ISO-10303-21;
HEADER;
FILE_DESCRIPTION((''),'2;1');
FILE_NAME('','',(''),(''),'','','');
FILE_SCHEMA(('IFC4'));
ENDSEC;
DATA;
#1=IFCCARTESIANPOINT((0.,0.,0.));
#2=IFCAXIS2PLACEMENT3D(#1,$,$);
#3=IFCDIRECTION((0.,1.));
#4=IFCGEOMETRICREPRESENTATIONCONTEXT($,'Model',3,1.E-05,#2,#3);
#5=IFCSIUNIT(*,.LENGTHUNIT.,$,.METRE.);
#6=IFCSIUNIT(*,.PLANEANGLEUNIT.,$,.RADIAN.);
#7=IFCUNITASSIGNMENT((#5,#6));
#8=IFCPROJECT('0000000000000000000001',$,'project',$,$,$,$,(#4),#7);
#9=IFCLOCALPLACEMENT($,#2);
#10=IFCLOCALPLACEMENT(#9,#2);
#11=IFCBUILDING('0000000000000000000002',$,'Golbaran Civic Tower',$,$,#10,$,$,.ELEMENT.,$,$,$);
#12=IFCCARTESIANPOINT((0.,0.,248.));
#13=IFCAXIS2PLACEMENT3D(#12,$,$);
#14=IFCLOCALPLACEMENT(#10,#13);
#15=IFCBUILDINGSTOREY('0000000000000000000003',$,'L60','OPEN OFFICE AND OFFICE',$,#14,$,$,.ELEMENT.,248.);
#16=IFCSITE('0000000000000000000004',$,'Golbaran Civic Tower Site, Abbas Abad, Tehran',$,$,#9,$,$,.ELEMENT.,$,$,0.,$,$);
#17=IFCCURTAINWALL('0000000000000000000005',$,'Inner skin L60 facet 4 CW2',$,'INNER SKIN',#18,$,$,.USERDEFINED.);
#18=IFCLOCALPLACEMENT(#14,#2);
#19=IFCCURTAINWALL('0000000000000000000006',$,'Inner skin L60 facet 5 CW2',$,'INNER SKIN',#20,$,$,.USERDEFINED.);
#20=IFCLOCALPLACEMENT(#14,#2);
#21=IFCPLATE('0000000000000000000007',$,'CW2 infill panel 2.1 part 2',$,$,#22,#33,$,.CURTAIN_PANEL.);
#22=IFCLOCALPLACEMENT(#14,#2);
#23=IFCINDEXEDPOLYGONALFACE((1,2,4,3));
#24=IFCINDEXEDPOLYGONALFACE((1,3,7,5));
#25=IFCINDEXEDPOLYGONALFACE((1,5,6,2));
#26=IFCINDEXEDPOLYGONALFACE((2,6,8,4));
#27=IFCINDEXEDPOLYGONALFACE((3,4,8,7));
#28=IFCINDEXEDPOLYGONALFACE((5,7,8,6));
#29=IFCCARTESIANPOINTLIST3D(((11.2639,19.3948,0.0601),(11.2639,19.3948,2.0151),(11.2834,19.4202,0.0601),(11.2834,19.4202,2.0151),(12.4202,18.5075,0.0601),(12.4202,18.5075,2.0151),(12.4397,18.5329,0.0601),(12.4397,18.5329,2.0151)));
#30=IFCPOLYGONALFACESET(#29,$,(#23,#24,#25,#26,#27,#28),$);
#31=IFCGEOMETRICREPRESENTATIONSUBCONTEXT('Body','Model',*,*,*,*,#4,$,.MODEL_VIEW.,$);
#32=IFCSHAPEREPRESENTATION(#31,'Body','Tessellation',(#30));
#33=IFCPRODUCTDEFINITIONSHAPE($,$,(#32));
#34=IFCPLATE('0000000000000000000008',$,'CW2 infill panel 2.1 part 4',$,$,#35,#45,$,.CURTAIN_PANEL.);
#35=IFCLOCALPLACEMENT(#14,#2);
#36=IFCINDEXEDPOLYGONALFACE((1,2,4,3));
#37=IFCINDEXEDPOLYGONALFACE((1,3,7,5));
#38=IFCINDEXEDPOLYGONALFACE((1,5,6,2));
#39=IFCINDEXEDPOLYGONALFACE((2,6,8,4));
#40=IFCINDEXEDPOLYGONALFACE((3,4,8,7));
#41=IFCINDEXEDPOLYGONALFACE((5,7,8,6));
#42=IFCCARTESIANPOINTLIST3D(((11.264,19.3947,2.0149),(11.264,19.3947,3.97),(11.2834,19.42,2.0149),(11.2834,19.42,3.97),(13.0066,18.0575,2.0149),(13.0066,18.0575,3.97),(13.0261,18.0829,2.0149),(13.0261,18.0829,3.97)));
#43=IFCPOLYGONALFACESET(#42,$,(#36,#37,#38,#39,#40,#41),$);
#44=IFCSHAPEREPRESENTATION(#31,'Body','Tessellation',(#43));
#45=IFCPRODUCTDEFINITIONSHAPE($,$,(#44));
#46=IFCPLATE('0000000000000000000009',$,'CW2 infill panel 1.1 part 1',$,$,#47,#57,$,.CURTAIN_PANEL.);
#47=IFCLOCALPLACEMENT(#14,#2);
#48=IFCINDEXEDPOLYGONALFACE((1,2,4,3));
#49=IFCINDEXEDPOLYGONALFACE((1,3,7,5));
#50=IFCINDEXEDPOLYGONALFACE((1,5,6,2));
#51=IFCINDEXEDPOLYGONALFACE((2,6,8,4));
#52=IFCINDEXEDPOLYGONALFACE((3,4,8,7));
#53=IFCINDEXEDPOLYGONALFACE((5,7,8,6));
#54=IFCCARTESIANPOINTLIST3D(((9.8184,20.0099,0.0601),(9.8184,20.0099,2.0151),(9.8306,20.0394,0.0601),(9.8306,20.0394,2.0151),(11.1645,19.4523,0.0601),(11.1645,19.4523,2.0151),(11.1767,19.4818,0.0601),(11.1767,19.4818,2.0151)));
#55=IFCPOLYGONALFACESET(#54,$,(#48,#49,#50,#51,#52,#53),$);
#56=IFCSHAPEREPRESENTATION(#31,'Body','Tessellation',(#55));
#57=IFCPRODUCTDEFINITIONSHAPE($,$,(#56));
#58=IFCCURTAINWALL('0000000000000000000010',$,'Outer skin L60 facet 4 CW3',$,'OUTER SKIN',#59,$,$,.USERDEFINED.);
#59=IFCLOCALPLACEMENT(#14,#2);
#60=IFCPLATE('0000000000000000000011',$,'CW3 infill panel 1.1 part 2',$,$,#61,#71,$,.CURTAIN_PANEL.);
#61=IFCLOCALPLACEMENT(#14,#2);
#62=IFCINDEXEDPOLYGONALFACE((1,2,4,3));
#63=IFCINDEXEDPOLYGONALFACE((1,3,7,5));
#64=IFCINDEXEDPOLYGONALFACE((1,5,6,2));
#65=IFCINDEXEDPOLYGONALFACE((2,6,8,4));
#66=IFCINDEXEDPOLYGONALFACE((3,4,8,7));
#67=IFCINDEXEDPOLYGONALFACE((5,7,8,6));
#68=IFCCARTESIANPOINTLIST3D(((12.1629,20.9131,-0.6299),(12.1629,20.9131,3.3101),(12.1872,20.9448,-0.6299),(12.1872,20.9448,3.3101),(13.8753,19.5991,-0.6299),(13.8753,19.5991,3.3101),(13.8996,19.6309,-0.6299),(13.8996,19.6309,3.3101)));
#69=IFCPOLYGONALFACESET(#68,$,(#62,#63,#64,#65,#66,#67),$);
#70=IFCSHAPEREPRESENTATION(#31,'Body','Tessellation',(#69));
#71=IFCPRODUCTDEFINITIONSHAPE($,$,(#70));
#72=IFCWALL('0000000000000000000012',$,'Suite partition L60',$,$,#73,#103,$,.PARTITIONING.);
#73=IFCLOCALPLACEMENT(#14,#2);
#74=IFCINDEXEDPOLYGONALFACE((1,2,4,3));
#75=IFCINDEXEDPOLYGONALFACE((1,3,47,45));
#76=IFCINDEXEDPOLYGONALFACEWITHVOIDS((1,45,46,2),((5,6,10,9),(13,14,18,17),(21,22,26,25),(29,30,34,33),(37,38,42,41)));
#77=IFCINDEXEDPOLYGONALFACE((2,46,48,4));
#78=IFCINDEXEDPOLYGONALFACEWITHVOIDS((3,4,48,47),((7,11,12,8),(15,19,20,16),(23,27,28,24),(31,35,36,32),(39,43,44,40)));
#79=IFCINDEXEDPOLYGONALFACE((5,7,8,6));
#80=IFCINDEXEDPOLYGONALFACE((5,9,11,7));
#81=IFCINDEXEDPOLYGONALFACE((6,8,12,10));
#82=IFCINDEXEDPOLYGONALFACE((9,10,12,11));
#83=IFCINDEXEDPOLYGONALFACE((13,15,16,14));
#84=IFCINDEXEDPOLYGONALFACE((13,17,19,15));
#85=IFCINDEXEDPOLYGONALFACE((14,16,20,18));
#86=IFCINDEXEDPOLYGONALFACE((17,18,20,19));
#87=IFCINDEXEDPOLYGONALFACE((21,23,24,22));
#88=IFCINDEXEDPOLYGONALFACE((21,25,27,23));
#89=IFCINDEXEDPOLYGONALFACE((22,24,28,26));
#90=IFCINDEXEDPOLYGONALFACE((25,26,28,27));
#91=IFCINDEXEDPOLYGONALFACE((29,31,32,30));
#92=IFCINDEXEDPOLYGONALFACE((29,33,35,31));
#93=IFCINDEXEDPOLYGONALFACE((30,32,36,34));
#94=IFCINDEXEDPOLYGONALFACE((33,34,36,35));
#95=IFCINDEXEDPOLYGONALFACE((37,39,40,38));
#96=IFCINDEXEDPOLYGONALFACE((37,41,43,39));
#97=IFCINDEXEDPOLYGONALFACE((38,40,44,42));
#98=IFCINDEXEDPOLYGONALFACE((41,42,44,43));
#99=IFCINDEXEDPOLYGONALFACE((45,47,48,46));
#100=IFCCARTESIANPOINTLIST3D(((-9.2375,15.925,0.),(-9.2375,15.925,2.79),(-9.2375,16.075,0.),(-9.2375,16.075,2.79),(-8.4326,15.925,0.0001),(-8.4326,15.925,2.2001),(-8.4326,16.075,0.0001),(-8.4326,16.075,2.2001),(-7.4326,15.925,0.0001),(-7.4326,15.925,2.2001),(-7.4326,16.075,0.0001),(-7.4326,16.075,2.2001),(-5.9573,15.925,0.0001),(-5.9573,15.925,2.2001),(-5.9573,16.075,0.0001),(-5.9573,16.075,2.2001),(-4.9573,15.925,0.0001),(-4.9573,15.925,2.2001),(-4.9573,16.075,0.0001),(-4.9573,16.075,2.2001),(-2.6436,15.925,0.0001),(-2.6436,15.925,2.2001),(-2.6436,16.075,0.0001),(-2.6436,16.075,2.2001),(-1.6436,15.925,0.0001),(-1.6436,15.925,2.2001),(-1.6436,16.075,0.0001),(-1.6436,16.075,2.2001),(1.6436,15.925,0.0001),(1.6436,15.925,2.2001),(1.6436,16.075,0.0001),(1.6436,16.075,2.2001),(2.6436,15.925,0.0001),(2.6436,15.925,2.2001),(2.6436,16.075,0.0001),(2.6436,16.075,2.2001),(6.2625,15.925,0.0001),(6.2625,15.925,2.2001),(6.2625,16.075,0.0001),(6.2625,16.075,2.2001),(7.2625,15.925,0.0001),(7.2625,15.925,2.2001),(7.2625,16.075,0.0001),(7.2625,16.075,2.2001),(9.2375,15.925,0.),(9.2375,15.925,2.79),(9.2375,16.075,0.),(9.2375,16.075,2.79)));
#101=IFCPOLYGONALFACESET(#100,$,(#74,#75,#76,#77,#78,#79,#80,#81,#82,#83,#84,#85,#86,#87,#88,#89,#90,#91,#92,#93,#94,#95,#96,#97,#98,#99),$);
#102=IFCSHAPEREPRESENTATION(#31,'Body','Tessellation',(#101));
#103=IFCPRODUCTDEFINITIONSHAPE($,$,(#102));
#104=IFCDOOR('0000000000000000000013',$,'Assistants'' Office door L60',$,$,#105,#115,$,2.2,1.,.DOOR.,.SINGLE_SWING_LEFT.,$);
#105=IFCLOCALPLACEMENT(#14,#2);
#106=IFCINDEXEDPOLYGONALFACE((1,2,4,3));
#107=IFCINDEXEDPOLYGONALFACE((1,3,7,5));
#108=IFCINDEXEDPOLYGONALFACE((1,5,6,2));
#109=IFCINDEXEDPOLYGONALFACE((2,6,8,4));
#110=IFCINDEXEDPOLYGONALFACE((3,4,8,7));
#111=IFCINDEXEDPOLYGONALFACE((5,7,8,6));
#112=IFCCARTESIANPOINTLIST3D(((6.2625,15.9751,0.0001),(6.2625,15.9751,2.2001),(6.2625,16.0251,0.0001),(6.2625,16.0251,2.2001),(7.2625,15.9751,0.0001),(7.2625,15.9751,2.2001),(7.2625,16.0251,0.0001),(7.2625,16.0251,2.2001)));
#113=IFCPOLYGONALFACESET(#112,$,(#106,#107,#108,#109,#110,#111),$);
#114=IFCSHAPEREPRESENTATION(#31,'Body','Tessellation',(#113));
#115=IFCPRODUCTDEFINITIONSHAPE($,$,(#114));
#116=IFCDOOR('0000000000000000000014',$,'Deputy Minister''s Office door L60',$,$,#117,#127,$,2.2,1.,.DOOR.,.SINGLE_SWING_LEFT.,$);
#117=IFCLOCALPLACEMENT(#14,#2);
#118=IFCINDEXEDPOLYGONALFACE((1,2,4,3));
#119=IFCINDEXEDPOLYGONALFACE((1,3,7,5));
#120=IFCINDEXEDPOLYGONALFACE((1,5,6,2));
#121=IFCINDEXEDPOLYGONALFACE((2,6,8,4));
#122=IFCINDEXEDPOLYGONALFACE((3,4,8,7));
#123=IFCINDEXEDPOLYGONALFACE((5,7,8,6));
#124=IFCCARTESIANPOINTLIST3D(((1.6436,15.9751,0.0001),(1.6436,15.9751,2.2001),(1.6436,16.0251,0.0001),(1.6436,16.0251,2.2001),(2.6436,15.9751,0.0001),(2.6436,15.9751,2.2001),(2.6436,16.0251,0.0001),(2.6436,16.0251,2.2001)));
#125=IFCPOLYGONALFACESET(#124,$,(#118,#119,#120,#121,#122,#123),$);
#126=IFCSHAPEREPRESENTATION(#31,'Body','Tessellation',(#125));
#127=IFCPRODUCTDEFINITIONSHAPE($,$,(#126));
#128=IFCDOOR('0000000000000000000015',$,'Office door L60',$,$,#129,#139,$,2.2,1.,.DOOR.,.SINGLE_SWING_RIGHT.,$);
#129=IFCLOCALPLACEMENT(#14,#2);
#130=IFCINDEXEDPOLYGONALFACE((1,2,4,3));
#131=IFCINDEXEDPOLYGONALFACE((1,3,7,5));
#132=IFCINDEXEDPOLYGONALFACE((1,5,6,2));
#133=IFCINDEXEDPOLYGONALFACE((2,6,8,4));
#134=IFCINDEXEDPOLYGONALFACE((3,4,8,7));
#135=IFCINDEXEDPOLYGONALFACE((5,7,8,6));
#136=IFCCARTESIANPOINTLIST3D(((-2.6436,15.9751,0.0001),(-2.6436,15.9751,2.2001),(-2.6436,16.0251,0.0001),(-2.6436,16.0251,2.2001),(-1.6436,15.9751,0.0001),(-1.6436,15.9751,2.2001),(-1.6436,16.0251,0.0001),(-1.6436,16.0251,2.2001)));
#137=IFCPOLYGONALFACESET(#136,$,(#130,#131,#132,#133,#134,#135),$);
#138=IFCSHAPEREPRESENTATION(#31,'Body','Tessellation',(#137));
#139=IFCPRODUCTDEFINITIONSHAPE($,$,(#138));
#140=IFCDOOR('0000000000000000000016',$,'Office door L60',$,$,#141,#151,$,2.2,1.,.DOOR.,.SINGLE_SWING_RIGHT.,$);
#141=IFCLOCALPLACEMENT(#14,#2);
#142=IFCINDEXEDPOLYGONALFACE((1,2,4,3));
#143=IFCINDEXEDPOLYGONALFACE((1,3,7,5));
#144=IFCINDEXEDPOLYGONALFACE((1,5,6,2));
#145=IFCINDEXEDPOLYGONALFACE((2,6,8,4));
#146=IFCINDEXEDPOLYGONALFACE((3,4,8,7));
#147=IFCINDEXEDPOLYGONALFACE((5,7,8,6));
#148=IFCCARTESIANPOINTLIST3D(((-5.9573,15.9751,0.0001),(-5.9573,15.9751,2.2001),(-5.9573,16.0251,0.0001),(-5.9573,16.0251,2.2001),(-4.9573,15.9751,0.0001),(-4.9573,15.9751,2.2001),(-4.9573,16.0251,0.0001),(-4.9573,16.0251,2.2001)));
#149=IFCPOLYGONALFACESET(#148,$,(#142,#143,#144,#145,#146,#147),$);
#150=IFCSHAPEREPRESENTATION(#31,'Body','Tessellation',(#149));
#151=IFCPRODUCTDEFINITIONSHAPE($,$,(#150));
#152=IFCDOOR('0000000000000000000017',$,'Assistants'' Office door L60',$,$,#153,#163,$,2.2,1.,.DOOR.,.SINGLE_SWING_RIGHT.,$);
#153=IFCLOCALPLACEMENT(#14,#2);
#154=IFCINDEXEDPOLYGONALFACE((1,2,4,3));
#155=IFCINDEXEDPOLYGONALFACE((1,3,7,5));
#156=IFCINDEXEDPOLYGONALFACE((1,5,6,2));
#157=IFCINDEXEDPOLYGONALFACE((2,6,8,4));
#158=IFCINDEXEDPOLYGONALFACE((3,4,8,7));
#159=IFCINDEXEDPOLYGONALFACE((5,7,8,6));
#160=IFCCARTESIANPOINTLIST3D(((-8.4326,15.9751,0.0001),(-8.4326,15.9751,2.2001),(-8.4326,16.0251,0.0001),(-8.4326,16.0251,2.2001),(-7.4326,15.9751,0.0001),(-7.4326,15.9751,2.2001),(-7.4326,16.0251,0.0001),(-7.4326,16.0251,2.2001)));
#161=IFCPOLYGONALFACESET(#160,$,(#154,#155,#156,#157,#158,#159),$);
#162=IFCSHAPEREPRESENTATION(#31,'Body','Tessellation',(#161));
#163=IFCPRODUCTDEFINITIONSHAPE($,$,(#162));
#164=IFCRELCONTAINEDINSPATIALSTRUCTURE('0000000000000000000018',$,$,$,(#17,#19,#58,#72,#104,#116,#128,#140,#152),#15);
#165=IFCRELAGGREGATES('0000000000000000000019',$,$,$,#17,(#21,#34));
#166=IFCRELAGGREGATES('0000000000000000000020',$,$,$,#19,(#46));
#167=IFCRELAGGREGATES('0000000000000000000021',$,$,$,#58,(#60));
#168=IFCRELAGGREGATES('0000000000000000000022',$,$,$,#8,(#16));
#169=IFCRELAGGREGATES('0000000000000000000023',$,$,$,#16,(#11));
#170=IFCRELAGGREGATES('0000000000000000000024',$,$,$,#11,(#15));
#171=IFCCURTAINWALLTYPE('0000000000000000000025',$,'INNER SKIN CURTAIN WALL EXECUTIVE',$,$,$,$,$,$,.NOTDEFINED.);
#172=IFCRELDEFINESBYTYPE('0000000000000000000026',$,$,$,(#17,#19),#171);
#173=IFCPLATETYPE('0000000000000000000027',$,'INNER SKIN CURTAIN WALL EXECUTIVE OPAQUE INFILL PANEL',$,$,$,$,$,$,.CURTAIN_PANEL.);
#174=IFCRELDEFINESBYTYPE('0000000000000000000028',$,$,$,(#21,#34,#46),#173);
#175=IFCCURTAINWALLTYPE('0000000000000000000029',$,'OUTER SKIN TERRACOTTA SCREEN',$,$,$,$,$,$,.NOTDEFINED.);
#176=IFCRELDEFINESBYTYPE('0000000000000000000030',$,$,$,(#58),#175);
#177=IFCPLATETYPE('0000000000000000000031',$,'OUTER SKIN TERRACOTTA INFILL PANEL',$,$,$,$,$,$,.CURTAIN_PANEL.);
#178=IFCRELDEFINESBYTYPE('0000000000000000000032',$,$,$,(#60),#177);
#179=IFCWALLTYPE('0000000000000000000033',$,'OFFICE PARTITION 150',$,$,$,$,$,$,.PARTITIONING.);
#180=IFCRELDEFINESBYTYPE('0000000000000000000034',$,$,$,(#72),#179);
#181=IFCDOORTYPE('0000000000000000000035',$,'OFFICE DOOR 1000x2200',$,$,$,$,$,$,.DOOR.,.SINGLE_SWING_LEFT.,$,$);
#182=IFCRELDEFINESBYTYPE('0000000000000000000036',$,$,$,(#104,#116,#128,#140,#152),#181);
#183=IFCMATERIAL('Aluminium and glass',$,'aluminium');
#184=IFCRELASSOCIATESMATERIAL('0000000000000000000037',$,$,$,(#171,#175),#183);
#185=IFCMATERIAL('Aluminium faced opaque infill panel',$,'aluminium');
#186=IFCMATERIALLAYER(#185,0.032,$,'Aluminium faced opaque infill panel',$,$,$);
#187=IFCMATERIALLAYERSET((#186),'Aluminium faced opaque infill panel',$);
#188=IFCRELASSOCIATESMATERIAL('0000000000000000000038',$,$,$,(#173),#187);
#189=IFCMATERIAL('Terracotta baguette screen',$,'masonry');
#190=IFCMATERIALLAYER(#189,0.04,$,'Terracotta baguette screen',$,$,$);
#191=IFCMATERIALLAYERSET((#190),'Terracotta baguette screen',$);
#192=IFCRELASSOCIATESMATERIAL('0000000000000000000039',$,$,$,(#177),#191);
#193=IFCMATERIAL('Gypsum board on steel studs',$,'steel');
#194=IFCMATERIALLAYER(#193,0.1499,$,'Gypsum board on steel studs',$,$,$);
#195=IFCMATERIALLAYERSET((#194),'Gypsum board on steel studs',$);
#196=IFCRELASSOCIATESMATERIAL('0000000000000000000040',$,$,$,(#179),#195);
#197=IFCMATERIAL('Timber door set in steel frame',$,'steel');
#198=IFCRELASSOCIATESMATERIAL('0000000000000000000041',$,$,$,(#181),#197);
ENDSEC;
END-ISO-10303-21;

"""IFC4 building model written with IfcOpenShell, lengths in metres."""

from ifc_helpers import new_model, si_unit, direction, frame, frame_2d, origin, origin_2d, place, context, subcontext, project, spatial, rectangle, extrude, material, layer, layer_set, type_object, element, fill, aggregate, save


model = new_model("IFC4")

# Units and contexts
model_context = context("Model", 3, precision=1e-05, world=origin(), true_north=direction((0.0, 1.0)))
body_context = subcontext(model_context, "Body", "Model", "MODEL_VIEW")
ifc_project = project(units=[si_unit("LENGTHUNIT", "METRE"), si_unit("PLANEANGLEUNIT", "RADIAN")], contexts=[model_context])

# Site, building, storey
site_placement = place(None, origin())
site = spatial("IfcSite", under=ifc_project, at=site_placement, Name="Golbaran Civic Tower Site, Abbas Abad, Tehran", CompositionType="ELEMENT", RefElevation=0.0)
building_placement = place(site_placement, origin())
building = spatial("IfcBuilding", under=site, at=building_placement, Name="Golbaran Civic Tower", CompositionType="ELEMENT")
storey_placement = place(building_placement, frame((0.0, 0.0, 248.0)))
storey = spatial("IfcBuildingStorey", under=building, at=storey_placement, Name="L60", Description="OPEN OFFICE AND OFFICE", CompositionType="ELEMENT", Elevation=248.0)

# Curtain wall
ifc_material_1 = material(Name="Aluminium and glass", Category="aluminium")
curtain_wall_type_1 = type_object("IfcCurtainWallType", Name="INNER SKIN CURTAIN WALL EXECUTIVE", PredefinedType="NOTDEFINED", material=ifc_material_1)
curtain_wall_1_placement = place(storey_placement, origin())
curtain_wall_1 = element("IfcCurtainWall", 1, at=curtain_wall_1_placement, inside=storey, type_object=curtain_wall_type_1, Name="Inner skin L60 facet 4 CW2", ObjectType="INNER SKIN", PredefinedType="USERDEFINED")

# Curtain wall
curtain_wall_2_placement = place(storey_placement, origin())
curtain_wall_2 = element("IfcCurtainWall", 2, at=curtain_wall_2_placement, inside=storey, type_object=curtain_wall_type_1, Name="Inner skin L60 facet 5 CW2", ObjectType="INNER SKIN", PredefinedType="USERDEFINED")

# Plates
ifc_material_2 = material(Name="Aluminium faced opaque infill panel", Category="aluminium")
ifc_layer_1 = layer(ifc_material_2, 0.032, Name="Aluminium faced opaque infill panel")
ifc_layer_set_1 = layer_set([ifc_layer_1], Name="Aluminium faced opaque infill panel")
plate_type_1 = type_object("IfcPlateType", Name="INNER SKIN CURTAIN WALL EXECUTIVE OPAQUE INFILL PANEL", PredefinedType="CURTAIN_PANEL", material=ifc_layer_set_1)
plate_1_placement = place(storey_placement, frame((11.8518, 18.9639, 0.0601), z_axis=(0.0, 0.0, 1.0), x_axis=(-0.793353, 0.608761, 0.0)))
plate_1 = element("IfcPlate", 3, at=plate_1_placement, type_object=plate_type_1, Name="CW2 infill panel 2.1 part 2", PredefinedType="CURTAIN_PANEL", context=body_context, shape_type="SweptSolid", body=[
    extrude(rectangle(XDim=1.4575, YDim=0.032, at=origin_2d()), origin(), (0.0, 0.0, 1.0), 1.9551),
])
plate_2_placement = place(storey_placement, frame((12.145, 18.7388, 2.0149), z_axis=(0.0, 0.0, 1.0), x_axis=(-0.793353, 0.608761, 0.0)))
plate_2 = element("IfcPlate", 4, at=plate_2_placement, type_object=plate_type_1, Name="CW2 infill panel 2.1 part 4", PredefinedType="CURTAIN_PANEL", context=body_context, shape_type="SweptSolid", body=[
    extrude(rectangle(XDim=2.1965, YDim=0.032, at=origin_2d()), origin(), (0.0, 0.0, 1.0), 1.9551),
])
aggregate(curtain_wall_1, [plate_1, plate_2])
plate_3_placement = place(storey_placement, frame((10.4976, 19.7458, 0.0601), z_axis=(0.0, 0.0, 1.0), x_axis=(-0.92388, 0.382683, 0.0)))
plate_3 = element("IfcPlate", 5, at=plate_3_placement, type_object=plate_type_1, Name="CW2 infill panel 1.1 part 1", PredefinedType="CURTAIN_PANEL", context=body_context, shape_type="SweptSolid", body=[
    extrude(rectangle(XDim=1.457, YDim=0.032, at=origin_2d()), origin(), (0.0, 0.0, 1.0), 1.9551),
])
aggregate(curtain_wall_2, [plate_3])

# Curtain wall, plate
curtain_wall_type_2 = type_object("IfcCurtainWallType", Name="OUTER SKIN TERRACOTTA SCREEN", PredefinedType="NOTDEFINED", material=ifc_material_1)
curtain_wall_3_placement = place(storey_placement, origin())
curtain_wall_3 = element("IfcCurtainWall", 6, at=curtain_wall_3_placement, inside=storey, type_object=curtain_wall_type_2, Name="Outer skin L60 facet 4 CW3", ObjectType="OUTER SKIN", PredefinedType="USERDEFINED")
ifc_material_3 = material(Name="Terracotta baguette screen", Category="masonry")
ifc_layer_2 = layer(ifc_material_3, 0.04, Name="Terracotta baguette screen")
ifc_layer_set_2 = layer_set([ifc_layer_2], Name="Terracotta baguette screen")
plate_type_2 = type_object("IfcPlateType", Name="OUTER SKIN TERRACOTTA INFILL PANEL", PredefinedType="CURTAIN_PANEL", material=ifc_layer_set_2)
plate_4_placement = place(storey_placement, frame((13.0312, 20.272, -0.6299), z_axis=(0.0, 0.0, 1.0), x_axis=(-0.793353, 0.608761, 0.0)))
plate_4 = element("IfcPlate", 7, at=plate_4_placement, type_object=plate_type_2, Name="CW3 infill panel 1.1 part 2", PredefinedType="CURTAIN_PANEL", context=body_context, shape_type="SweptSolid", body=[
    extrude(rectangle(XDim=2.1584, YDim=0.04, at=origin_2d()), origin(), (0.0, 0.0, 1.0), 3.9399),
])
aggregate(curtain_wall_3, [plate_4])

# Wall, openings, doors
ifc_material_4 = material(Name="Gypsum board on steel studs", Category="steel")
ifc_layer_3 = layer(ifc_material_4, 0.1499, Name="Gypsum board on steel studs")
ifc_layer_set_3 = layer_set([ifc_layer_3], Name="Gypsum board on steel studs")
wall_type = type_object("IfcWallType", Name="OFFICE PARTITION 150", PredefinedType="PARTITIONING", material=ifc_layer_set_3)
wall_placement = place(storey_placement, frame((9.2375, 16.0, 0.0), z_axis=(0.0, 0.0, 1.0), x_axis=(-1.0, 0.0, 0.0)))
wall = element("IfcWall", 8, at=wall_placement, inside=storey, type_object=wall_type, Name="Suite partition L60", PredefinedType="PARTITIONING", context=body_context, shape_type="SweptSolid", body=[
    extrude(rectangle(XDim=18.4751, YDim=0.1499, at=frame_2d((9.2375, 0.0))), origin(), (0.0, 0.0, 1.0), 2.79),
])
opening_1_placement = place(wall_placement, frame((1.9751, 0.0, 0.0)))
opening_1 = element("IfcOpeningElement", 9, at=opening_1_placement, cuts=wall, PredefinedType="OPENING", context=body_context, shape_type="SweptSolid", body=[
    extrude(rectangle(XDim=1.0, YDim=2.2, at=frame_2d((0.5, 1.1001))), frame((0.0, 0.085, 0.0), z_axis=(0.0, -1.0, 0.0), x_axis=(1.0, 0.0, 0.0)), (0.0, 0.0, 1.0), 0.1699),
])
opening_2_placement = place(wall_placement, frame((6.594, 0.0, 0.0)))
opening_2 = element("IfcOpeningElement", 10, at=opening_2_placement, cuts=wall, PredefinedType="OPENING", context=body_context, shape_type="SweptSolid", body=[
    extrude(rectangle(XDim=1.0, YDim=2.2, at=frame_2d((0.5, 1.1001))), frame((0.0, 0.085, 0.0), z_axis=(0.0, -1.0, 0.0), x_axis=(1.0, 0.0, 0.0)), (0.0, 0.0, 1.0), 0.1699),
])
opening_3_placement = place(wall_placement, frame((10.8811, 0.0, 0.0)))
opening_3 = element("IfcOpeningElement", 11, at=opening_3_placement, cuts=wall, PredefinedType="OPENING", context=body_context, shape_type="SweptSolid", body=[
    extrude(rectangle(XDim=1.0, YDim=2.2, at=frame_2d((0.5, 1.1001))), frame((0.0, 0.085, 0.0), z_axis=(0.0, -1.0, 0.0), x_axis=(1.0, 0.0, 0.0)), (0.0, 0.0, 1.0), 0.1699),
])
opening_4_placement = place(wall_placement, frame((14.1948, 0.0, 0.0)))
opening_4 = element("IfcOpeningElement", 12, at=opening_4_placement, cuts=wall, PredefinedType="OPENING", context=body_context, shape_type="SweptSolid", body=[
    extrude(rectangle(XDim=1.0, YDim=2.2, at=frame_2d((0.5, 1.1001))), frame((0.0, 0.085, 0.0), z_axis=(0.0, -1.0, 0.0), x_axis=(1.0, 0.0, 0.0)), (0.0, 0.0, 1.0), 0.1699),
])
opening_5_placement = place(wall_placement, frame((16.6702, 0.0, 0.0)))
opening_5 = element("IfcOpeningElement", 13, at=opening_5_placement, cuts=wall, PredefinedType="OPENING", context=body_context, shape_type="SweptSolid", body=[
    extrude(rectangle(XDim=1.0, YDim=2.2, at=frame_2d((0.5, 1.1001))), frame((0.0, 0.085, 0.0), z_axis=(0.0, -1.0, 0.0), x_axis=(1.0, 0.0, 0.0)), (0.0, 0.0, 1.0), 0.1699),
])
ifc_material_5 = material(Name="Timber door set in steel frame", Category="steel")
door_type = type_object("IfcDoorType", Name="OFFICE DOOR 1000x2200", OperationType="SINGLE_SWING_LEFT", PredefinedType="DOOR", material=ifc_material_5)
door_1_placement = place(opening_1_placement, origin())
door_1 = element("IfcDoor", 14, at=door_1_placement, inside=storey, type_object=door_type, Name="Assistants' Office door L60", OperationType="SINGLE_SWING_LEFT", OverallHeight=2.2, OverallWidth=1.0, PredefinedType="DOOR", context=body_context, shape_type="SweptSolid", body=[
    extrude(rectangle(XDim=1.0, YDim=2.2, at=frame_2d((0.5, 1.1001))), frame((0.0, 0.0249, 0.0), z_axis=(0.0, -1.0, 0.0), x_axis=(1.0, 0.0, 0.0)), (0.0, 0.0, 1.0), 0.05),
])
fill(opening_1, door_1)
door_2_placement = place(opening_2_placement, origin())
door_2 = element("IfcDoor", 15, at=door_2_placement, inside=storey, type_object=door_type, Name="Deputy Minister's Office door L60", OperationType="SINGLE_SWING_LEFT", OverallHeight=2.2, OverallWidth=1.0, PredefinedType="DOOR", context=body_context, shape_type="SweptSolid", body=[
    extrude(rectangle(XDim=1.0, YDim=2.2, at=frame_2d((0.5, 1.1001))), frame((0.0, 0.0249, 0.0), z_axis=(0.0, -1.0, 0.0), x_axis=(1.0, 0.0, 0.0)), (0.0, 0.0, 1.0), 0.05),
])
fill(opening_2, door_2)
door_3_placement = place(opening_3_placement, origin())
door_3 = element("IfcDoor", 16, at=door_3_placement, inside=storey, type_object=door_type, Name="Office door L60", OperationType="SINGLE_SWING_RIGHT", OverallHeight=2.2, OverallWidth=1.0, PredefinedType="DOOR", context=body_context, shape_type="SweptSolid", body=[
    extrude(rectangle(XDim=1.0, YDim=2.2, at=frame_2d((0.5, 1.1001))), frame((0.0, 0.0249, 0.0), z_axis=(0.0, -1.0, 0.0), x_axis=(1.0, 0.0, 0.0)), (0.0, 0.0, 1.0), 0.05),
])
fill(opening_3, door_3)
door_4_placement = place(opening_4_placement, origin())
door_4 = element("IfcDoor", 17, at=door_4_placement, inside=storey, type_object=door_type, Name="Office door L60", OperationType="SINGLE_SWING_RIGHT", OverallHeight=2.2, OverallWidth=1.0, PredefinedType="DOOR", context=body_context, shape_type="SweptSolid", body=[
    extrude(rectangle(XDim=1.0, YDim=2.2, at=frame_2d((0.5, 1.1001))), frame((0.0, 0.0249, 0.0), z_axis=(0.0, -1.0, 0.0), x_axis=(1.0, 0.0, 0.0)), (0.0, 0.0, 1.0), 0.05),
])
fill(opening_4, door_4)
door_5_placement = place(opening_5_placement, origin())
door_5 = element("IfcDoor", 18, at=door_5_placement, inside=storey, type_object=door_type, Name="Assistants' Office door L60", OperationType="SINGLE_SWING_RIGHT", OverallHeight=2.2, OverallWidth=1.0, PredefinedType="DOOR", context=body_context, shape_type="SweptSolid", body=[
    extrude(rectangle(XDim=1.0, YDim=2.2, at=frame_2d((0.5, 1.1001))), frame((0.0, 0.0249, 0.0), z_axis=(0.0, -1.0, 0.0), x_axis=(1.0, 0.0, 0.0)), (0.0, 0.0, 1.0), 0.05),
])
fill(opening_5, door_5)

save(model, "model.ifc")
